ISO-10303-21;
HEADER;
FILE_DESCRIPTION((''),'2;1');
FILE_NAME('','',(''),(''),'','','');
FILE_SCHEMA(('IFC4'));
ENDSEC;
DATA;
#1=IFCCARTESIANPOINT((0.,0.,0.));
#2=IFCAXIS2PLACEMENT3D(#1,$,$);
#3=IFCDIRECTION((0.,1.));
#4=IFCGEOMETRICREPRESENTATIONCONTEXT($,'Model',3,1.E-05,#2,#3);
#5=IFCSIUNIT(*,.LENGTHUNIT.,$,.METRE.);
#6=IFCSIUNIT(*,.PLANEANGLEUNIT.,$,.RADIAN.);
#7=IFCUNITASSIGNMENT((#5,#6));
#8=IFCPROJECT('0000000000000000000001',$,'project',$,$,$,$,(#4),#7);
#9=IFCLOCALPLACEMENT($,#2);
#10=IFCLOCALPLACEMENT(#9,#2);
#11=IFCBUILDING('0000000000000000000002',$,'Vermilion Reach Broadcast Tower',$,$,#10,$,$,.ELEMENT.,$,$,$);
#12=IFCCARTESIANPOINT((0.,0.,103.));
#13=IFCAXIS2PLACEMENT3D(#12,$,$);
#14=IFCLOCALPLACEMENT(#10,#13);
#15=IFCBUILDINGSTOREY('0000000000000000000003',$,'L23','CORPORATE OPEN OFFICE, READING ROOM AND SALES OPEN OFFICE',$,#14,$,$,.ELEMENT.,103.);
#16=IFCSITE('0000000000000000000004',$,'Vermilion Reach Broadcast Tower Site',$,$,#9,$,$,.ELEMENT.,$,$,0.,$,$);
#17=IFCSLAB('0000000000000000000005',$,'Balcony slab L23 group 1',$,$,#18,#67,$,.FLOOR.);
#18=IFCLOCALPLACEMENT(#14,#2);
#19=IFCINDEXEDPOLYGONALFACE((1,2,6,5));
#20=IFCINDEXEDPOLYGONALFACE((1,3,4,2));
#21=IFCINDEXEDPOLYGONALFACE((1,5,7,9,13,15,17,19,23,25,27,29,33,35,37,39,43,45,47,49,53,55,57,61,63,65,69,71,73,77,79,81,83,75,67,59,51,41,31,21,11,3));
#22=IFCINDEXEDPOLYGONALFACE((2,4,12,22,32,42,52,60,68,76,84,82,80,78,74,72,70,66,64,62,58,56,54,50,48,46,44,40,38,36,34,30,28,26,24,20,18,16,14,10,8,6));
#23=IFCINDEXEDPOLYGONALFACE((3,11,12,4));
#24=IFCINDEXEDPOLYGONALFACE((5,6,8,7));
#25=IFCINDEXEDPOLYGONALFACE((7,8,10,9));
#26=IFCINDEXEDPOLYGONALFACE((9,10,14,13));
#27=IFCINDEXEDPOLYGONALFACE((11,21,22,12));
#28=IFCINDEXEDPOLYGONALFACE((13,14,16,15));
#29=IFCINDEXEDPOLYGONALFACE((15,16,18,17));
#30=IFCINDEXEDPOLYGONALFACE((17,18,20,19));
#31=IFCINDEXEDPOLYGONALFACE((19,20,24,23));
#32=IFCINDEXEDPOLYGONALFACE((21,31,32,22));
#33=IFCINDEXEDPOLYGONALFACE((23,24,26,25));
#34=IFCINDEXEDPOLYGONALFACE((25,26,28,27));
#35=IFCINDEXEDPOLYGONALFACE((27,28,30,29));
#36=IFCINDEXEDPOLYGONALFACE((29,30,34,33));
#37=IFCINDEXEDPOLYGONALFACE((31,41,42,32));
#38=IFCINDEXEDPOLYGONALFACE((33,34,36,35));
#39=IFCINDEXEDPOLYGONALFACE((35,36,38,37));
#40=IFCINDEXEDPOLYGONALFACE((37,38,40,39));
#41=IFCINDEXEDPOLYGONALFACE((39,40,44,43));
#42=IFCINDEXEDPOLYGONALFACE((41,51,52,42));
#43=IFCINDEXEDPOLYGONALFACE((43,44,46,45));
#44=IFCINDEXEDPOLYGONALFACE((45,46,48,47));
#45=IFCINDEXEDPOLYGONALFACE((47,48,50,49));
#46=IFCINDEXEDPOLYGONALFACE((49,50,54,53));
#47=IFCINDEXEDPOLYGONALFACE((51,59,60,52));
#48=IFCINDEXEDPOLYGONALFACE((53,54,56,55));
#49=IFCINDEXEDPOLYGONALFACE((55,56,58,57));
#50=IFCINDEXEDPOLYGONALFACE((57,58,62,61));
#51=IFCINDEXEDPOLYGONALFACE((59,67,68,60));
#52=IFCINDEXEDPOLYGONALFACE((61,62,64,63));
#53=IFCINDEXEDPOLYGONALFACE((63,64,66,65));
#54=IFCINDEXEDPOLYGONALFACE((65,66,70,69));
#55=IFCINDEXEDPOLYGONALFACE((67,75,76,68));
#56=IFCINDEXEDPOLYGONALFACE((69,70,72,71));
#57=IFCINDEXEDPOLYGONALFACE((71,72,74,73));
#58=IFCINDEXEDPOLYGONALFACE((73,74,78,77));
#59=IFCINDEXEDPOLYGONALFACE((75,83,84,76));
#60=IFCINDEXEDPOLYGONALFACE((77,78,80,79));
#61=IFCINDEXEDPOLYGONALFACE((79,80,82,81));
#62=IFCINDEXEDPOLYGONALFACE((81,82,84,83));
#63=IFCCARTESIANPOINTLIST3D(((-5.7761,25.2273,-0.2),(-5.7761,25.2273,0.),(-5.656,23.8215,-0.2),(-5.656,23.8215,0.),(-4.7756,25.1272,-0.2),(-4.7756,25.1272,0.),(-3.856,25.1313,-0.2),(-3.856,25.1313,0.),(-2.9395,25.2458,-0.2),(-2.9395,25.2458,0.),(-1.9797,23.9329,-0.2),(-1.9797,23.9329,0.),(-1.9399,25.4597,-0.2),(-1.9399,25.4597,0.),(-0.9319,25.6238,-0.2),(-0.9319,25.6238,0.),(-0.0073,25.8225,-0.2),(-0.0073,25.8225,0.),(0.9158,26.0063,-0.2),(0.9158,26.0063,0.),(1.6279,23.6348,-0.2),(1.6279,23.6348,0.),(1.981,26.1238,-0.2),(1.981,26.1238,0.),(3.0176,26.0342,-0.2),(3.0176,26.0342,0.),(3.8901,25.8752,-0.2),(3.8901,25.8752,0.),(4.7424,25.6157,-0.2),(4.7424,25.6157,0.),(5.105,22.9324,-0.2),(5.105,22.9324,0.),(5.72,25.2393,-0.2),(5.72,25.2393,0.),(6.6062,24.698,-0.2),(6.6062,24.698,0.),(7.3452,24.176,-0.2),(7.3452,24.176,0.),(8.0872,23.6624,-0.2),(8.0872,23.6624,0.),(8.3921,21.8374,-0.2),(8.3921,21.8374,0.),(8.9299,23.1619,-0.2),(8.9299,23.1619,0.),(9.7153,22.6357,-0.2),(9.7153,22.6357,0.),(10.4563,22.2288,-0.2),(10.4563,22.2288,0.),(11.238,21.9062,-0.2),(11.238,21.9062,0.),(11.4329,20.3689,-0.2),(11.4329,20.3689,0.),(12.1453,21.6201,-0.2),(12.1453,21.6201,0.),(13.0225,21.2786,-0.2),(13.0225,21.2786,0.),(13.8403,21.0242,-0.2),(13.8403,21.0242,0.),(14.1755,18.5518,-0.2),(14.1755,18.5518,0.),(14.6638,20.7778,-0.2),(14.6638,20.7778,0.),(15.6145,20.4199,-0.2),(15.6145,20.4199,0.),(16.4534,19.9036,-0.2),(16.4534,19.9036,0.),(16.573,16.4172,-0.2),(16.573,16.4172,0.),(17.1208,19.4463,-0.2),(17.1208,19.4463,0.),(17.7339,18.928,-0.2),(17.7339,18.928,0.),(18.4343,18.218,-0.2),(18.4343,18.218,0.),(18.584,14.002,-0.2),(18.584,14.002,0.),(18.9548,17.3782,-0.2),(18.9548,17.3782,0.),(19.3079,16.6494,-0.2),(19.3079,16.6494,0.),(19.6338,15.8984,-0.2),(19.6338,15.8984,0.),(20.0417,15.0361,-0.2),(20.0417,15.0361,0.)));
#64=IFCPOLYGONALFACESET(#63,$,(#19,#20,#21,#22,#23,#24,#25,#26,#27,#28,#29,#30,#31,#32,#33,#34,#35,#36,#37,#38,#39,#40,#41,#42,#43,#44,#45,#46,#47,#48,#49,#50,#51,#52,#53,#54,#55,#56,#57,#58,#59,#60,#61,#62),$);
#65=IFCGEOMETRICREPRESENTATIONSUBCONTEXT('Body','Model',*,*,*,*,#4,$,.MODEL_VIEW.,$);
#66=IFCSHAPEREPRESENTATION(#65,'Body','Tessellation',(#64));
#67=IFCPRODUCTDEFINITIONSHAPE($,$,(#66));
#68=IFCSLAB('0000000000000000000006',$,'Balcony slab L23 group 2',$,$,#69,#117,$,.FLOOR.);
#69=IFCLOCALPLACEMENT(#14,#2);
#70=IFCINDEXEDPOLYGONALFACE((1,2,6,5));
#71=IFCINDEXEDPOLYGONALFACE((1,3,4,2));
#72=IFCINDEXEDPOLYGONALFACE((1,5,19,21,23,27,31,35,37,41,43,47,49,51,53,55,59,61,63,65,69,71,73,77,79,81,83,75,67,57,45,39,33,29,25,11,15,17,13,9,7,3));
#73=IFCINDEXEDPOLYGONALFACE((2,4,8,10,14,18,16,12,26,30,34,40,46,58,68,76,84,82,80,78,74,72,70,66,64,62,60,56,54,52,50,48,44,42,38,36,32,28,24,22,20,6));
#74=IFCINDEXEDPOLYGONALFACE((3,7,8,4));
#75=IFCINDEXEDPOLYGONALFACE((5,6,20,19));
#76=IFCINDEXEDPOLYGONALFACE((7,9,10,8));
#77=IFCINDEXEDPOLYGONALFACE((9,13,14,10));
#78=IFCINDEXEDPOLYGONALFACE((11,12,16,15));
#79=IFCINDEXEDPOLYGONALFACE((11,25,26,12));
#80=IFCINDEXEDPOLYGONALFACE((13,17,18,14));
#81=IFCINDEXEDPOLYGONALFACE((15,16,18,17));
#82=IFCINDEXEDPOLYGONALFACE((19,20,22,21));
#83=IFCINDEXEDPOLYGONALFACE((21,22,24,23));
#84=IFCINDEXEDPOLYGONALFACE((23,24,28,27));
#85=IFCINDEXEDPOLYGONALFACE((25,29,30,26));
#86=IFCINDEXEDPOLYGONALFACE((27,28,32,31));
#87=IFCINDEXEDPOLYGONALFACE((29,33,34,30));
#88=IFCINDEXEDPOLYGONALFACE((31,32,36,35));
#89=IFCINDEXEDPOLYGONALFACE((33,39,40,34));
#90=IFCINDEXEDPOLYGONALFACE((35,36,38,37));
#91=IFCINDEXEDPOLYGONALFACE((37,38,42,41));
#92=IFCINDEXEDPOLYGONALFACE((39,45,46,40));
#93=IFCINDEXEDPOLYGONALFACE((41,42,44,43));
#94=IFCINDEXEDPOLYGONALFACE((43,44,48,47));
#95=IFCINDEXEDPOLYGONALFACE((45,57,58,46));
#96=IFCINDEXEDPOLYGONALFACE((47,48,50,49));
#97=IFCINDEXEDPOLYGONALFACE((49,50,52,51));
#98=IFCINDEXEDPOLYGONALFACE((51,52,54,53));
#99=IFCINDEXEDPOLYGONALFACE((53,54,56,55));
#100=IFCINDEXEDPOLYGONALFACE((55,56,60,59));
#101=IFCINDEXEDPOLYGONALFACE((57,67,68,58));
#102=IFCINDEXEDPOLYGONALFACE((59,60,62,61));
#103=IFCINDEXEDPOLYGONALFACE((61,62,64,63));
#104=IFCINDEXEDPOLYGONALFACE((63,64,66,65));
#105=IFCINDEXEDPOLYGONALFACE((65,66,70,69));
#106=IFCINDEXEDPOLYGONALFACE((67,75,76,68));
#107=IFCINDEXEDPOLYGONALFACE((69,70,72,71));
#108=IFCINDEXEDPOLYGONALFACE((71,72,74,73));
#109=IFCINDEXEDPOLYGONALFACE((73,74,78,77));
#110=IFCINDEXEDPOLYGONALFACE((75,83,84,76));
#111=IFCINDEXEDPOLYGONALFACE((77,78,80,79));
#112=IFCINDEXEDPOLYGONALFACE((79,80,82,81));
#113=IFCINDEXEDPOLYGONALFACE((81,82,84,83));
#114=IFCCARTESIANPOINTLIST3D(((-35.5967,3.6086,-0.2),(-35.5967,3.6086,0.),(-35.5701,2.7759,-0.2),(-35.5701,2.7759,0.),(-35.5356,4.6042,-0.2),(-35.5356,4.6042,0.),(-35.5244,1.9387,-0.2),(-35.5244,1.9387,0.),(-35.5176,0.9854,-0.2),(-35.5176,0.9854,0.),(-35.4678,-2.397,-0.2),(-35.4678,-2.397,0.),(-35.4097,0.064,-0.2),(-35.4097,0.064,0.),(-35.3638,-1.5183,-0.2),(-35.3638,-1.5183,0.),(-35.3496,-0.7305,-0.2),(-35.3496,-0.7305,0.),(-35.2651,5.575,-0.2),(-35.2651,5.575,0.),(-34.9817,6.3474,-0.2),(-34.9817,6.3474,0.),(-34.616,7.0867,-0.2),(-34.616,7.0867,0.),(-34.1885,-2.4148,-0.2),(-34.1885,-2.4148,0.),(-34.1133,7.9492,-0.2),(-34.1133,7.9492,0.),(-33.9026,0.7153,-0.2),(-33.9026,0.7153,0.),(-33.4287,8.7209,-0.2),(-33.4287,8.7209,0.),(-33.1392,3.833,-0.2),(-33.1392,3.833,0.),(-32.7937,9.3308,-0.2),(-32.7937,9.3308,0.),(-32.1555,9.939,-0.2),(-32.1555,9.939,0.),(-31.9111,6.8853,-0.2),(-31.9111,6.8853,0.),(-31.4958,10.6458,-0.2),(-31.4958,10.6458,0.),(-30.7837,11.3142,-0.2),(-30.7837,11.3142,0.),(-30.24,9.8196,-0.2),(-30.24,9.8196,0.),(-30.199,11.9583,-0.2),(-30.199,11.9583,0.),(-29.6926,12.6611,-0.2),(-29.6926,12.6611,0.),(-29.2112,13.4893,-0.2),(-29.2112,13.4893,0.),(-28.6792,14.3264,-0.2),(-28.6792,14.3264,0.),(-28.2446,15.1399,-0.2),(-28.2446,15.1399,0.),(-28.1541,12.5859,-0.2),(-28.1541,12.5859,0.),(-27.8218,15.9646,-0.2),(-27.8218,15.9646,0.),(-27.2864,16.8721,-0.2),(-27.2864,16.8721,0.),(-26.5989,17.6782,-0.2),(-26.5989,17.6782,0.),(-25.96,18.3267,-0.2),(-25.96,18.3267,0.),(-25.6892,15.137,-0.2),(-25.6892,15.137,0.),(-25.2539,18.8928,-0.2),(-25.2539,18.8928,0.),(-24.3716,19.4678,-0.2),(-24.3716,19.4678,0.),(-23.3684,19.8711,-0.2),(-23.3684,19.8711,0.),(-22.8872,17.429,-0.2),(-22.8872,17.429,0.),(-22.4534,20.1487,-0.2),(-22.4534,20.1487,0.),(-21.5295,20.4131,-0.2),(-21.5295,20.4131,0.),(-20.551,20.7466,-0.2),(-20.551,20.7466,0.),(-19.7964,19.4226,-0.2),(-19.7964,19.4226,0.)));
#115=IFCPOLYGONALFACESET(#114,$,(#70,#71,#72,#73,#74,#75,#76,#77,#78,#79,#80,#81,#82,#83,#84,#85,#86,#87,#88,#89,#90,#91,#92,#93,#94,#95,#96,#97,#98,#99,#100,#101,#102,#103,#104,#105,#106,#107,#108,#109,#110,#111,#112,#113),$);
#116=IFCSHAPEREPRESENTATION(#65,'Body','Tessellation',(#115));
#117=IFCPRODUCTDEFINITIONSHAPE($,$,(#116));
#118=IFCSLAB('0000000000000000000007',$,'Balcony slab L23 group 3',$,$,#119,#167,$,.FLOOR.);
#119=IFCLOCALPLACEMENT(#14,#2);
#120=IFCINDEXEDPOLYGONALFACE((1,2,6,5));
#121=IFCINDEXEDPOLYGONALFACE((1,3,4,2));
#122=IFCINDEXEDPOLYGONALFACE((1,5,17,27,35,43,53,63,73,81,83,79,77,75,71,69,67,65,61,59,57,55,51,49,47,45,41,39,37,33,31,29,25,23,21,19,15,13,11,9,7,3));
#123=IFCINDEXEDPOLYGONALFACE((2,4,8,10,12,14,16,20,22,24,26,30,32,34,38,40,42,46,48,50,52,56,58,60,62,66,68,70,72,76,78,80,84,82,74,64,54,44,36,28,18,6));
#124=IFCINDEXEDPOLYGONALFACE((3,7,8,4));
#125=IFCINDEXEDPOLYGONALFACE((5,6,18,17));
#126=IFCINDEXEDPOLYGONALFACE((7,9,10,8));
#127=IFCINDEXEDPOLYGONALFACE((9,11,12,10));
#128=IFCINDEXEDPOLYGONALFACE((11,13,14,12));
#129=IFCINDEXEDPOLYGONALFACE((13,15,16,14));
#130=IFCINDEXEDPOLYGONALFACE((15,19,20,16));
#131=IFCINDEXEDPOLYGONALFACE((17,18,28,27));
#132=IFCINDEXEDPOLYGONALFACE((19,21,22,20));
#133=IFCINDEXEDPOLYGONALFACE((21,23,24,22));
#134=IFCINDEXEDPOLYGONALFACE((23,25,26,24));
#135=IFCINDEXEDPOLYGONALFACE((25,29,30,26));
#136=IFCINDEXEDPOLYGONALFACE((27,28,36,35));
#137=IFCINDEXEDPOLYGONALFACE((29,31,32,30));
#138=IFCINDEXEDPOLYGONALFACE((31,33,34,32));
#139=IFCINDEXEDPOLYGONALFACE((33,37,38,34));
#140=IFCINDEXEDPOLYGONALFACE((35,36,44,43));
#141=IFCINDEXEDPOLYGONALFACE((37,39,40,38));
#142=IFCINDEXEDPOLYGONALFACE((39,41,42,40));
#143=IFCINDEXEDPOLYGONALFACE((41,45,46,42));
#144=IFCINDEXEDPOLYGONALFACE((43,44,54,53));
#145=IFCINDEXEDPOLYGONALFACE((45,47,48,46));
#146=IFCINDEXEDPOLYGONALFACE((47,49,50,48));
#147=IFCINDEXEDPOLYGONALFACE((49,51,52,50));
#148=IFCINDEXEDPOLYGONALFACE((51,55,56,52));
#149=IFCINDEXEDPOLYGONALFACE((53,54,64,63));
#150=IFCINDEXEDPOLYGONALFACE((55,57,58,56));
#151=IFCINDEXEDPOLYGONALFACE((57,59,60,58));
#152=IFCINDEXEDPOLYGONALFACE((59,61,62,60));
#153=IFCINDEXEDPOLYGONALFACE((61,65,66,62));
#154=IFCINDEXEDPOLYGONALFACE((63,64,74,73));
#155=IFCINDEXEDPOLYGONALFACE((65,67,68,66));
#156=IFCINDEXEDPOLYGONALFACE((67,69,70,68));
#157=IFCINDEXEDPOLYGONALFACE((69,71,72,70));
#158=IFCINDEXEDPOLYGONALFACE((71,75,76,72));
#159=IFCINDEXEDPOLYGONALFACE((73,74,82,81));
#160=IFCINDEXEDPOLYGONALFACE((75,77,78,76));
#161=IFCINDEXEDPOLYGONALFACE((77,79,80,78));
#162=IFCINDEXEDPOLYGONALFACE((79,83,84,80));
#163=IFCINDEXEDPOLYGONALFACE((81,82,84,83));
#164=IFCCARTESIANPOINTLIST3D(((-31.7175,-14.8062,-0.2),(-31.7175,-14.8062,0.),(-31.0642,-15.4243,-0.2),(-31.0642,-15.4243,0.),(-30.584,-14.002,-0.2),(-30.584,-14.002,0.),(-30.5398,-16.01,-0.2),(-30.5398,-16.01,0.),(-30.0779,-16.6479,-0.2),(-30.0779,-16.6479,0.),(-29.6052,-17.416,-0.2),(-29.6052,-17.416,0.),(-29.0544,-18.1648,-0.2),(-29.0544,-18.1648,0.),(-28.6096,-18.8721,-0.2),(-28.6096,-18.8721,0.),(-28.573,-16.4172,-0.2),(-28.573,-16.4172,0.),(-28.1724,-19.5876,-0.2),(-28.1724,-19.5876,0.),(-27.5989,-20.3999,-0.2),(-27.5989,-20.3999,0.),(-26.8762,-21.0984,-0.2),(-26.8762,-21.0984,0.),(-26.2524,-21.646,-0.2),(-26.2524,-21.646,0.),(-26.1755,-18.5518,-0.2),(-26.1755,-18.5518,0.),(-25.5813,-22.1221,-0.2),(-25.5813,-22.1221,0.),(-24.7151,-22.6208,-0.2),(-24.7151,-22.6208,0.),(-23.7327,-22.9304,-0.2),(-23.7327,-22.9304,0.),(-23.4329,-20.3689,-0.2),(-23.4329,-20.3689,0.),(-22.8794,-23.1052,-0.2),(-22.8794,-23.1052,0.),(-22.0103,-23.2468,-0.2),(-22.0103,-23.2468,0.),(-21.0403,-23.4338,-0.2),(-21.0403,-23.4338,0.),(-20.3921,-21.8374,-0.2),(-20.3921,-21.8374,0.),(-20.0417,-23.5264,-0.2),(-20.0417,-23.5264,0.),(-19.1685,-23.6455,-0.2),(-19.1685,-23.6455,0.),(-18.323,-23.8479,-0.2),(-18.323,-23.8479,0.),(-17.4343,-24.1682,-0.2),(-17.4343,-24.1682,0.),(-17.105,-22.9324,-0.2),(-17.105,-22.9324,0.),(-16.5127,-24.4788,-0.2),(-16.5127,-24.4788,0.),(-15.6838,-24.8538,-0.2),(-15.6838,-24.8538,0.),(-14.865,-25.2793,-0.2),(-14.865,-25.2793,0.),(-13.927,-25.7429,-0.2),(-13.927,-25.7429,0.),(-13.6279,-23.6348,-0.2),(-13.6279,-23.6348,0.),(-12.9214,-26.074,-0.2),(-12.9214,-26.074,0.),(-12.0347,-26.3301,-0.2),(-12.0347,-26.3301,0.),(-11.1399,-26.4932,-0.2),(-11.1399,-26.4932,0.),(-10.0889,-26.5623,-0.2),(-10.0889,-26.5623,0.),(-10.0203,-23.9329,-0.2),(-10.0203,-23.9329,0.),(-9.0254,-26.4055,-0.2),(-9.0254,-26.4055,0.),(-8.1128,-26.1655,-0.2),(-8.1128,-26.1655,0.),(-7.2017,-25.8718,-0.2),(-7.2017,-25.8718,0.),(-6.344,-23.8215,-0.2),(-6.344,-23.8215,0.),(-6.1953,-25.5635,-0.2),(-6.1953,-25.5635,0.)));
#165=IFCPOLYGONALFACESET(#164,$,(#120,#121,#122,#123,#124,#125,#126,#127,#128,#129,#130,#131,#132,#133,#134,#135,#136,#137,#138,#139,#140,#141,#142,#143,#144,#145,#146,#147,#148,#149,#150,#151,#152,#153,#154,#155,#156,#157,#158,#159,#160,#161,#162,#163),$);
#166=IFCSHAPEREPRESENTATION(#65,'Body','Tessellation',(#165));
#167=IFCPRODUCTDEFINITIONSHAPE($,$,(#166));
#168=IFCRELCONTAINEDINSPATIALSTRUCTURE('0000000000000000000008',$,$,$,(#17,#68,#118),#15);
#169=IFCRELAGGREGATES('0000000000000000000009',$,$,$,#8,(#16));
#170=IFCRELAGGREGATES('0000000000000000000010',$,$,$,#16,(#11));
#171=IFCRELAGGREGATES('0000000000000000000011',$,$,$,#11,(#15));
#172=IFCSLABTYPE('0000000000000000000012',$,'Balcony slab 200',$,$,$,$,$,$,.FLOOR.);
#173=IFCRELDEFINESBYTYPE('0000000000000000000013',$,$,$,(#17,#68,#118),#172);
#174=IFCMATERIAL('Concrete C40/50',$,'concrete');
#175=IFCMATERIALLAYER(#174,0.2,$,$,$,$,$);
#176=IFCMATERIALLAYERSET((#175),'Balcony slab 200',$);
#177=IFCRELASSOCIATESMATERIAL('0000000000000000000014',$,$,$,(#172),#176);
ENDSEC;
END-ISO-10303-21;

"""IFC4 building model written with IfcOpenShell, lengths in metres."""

from ifc_helpers import new_model, si_unit, direction, frame, origin, place, context, subcontext, project, spatial, polyline, outline, extrude, material, layer, layer_set, type_object, element, save


model = new_model("IFC4")

# Units and contexts
model_context = context("Model", 3, precision=1e-05, world=origin(), true_north=direction((0.0, 1.0)))
body_context = subcontext(model_context, "Body", "Model", "MODEL_VIEW")
ifc_project = project(units=[si_unit("LENGTHUNIT", "METRE"), si_unit("PLANEANGLEUNIT", "RADIAN")], contexts=[model_context])

# Site, building, storey
site_placement = place(None, origin())
site = spatial("IfcSite", under=ifc_project, at=site_placement, Name="Vermilion Reach Broadcast Tower Site", CompositionType="ELEMENT", RefElevation=0.0)
building_placement = place(site_placement, origin())
building = spatial("IfcBuilding", under=site, at=building_placement, Name="Vermilion Reach Broadcast Tower", CompositionType="ELEMENT")
storey_placement = place(building_placement, frame((0.0, 0.0, 103.0)))
storey = spatial("IfcBuildingStorey", under=building, at=storey_placement, Name="L23", Description="CORPORATE OPEN OFFICE, READING ROOM AND SALES OPEN OFFICE", CompositionType="ELEMENT", Elevation=103.0)

# Slabs
ifc_material_1 = material(Name="Concrete C40/50", Category="concrete")
ifc_layer_1 = layer(ifc_material_1, 0.2)
ifc_layer_set_1 = layer_set([ifc_layer_1], Name="Balcony slab 200")
slab_type_1 = type_object("IfcSlabType", Name="Balcony slab 200", PredefinedType="FLOOR", material=ifc_layer_set_1)
placement_1 = place(storey_placement, frame((0.0, 0.0, -0.2)))
element("IfcSlab", 1, at=placement_1, inside=storey, type_object=slab_type_1, Name="Balcony slab L23 group 1", PredefinedType="FLOOR", context=body_context, shape_type="SweptSolid", body=[
    extrude(outline(polyline([(18.584, 14.002), (16.573, 16.4172), (14.1755, 18.5518), (11.4329, 20.3689), (8.3921, 21.8374), (5.105, 22.9324), (1.6279, 23.6348), (-1.9797, 23.9329), (-5.656, 23.8215), (-5.7761, 25.2273), (-4.7756, 25.1272), (-3.856, 25.1313), (-2.9395, 25.2458), (-1.9399, 25.4597), (-0.9319, 25.6238), (-0.0073, 25.8225), (0.9158, 26.0063), (1.981, 26.1238), (3.0176, 26.0342), (3.8901, 25.8752), (4.7424, 25.6157), (5.72, 25.2393), (6.6062, 24.698), (7.3452, 24.176), (8.0872, 23.6624), (8.9299, 23.1619), (9.7153, 22.6357), (10.4563, 22.2288), (11.238, 21.9062), (12.1453, 21.6201), (13.0225, 21.2786), (13.8403, 21.0242), (14.6638, 20.7778), (15.6145, 20.4199), (16.4534, 19.9036), (17.1208, 19.4463), (17.7339, 18.928), (18.4343, 18.218), (18.9548, 17.3782), (19.3079, 16.6494), (19.6338, 15.8984), (20.0417, 15.0361), (18.584, 14.002)])), origin(), (0.0, 0.0, 1.0), 0.2),
])
element("IfcSlab", 2, at=placement_1, inside=storey, type_object=slab_type_1, Name="Balcony slab L23 group 2", PredefinedType="FLOOR", context=body_context, shape_type="SweptSolid", body=[
    extrude(outline(polyline([(-19.7964, 19.4226), (-22.8872, 17.429), (-25.6892, 15.137), (-28.1541, 12.5859), (-30.24, 9.8196), (-31.9111, 6.8853), (-33.1392, 3.833), (-33.9026, 0.7153), (-34.1885, -2.4148), (-35.4678, -2.397), (-35.3638, -1.5183), (-35.3496, -0.7305), (-35.4097, 0.064), (-35.5176, 0.9854), (-35.5244, 1.9387), (-35.5701, 2.7759), (-35.5967, 3.6086), (-35.5356, 4.6042), (-35.2651, 5.575), (-34.9817, 6.3474), (-34.616, 7.0867), (-34.1133, 7.9492), (-33.4287, 8.7209), (-32.7937, 9.3308), (-32.1555, 9.939), (-31.4958, 10.6458), (-30.7837, 11.3142), (-30.199, 11.9583), (-29.6926, 12.6611), (-29.2112, 13.4893), (-28.6792, 14.3264), (-28.2446, 15.1399), (-27.8218, 15.9646), (-27.2864, 16.8721), (-26.5989, 17.6782), (-25.96, 18.3267), (-25.2539, 18.8928), (-24.3716, 19.4678), (-23.3684, 19.8711), (-22.4534, 20.1487), (-21.5295, 20.4131), (-20.551, 20.7466), (-19.7964, 19.4226)])), origin(), (0.0, 0.0, 1.0), 0.2),
])
element("IfcSlab", 3, at=placement_1, inside=storey, type_object=slab_type_1, Name="Balcony slab L23 group 3", PredefinedType="FLOOR", context=body_context, shape_type="SweptSolid", body=[
    extrude(outline(polyline([(-30.584, -14.002), (-28.573, -16.4172), (-26.1755, -18.5518), (-23.4329, -20.3689), (-20.3921, -21.8374), (-17.105, -22.9324), (-13.6279, -23.6348), (-10.0203, -23.9329), (-6.344, -23.8215), (-6.1953, -25.5635), (-7.2017, -25.8718), (-8.1128, -26.1655), (-9.0254, -26.4055), (-10.0889, -26.5623), (-11.1399, -26.4932), (-12.0347, -26.3301), (-12.9214, -26.074), (-13.927, -25.7429), (-14.865, -25.2793), (-15.6838, -24.8538), (-16.5127, -24.4788), (-17.4343, -24.1682), (-18.323, -23.8479), (-19.1685, -23.6455), (-20.0417, -23.5264), (-21.0403, -23.4338), (-22.0103, -23.2468), (-22.8794, -23.1052), (-23.7327, -22.9304), (-24.7151, -22.6208), (-25.5813, -22.1221), (-26.2524, -21.646), (-26.8762, -21.0984), (-27.5989, -20.3999), (-28.1724, -19.5876), (-28.6096, -18.8721), (-29.0544, -18.1648), (-29.6052, -17.416), (-30.0779, -16.6479), (-30.5398, -16.01), (-31.0642, -15.4243), (-31.7175, -14.8062), (-30.584, -14.002)])), origin(), (0.0, 0.0, 1.0), 0.2),
])

save(model, "model.ifc")
